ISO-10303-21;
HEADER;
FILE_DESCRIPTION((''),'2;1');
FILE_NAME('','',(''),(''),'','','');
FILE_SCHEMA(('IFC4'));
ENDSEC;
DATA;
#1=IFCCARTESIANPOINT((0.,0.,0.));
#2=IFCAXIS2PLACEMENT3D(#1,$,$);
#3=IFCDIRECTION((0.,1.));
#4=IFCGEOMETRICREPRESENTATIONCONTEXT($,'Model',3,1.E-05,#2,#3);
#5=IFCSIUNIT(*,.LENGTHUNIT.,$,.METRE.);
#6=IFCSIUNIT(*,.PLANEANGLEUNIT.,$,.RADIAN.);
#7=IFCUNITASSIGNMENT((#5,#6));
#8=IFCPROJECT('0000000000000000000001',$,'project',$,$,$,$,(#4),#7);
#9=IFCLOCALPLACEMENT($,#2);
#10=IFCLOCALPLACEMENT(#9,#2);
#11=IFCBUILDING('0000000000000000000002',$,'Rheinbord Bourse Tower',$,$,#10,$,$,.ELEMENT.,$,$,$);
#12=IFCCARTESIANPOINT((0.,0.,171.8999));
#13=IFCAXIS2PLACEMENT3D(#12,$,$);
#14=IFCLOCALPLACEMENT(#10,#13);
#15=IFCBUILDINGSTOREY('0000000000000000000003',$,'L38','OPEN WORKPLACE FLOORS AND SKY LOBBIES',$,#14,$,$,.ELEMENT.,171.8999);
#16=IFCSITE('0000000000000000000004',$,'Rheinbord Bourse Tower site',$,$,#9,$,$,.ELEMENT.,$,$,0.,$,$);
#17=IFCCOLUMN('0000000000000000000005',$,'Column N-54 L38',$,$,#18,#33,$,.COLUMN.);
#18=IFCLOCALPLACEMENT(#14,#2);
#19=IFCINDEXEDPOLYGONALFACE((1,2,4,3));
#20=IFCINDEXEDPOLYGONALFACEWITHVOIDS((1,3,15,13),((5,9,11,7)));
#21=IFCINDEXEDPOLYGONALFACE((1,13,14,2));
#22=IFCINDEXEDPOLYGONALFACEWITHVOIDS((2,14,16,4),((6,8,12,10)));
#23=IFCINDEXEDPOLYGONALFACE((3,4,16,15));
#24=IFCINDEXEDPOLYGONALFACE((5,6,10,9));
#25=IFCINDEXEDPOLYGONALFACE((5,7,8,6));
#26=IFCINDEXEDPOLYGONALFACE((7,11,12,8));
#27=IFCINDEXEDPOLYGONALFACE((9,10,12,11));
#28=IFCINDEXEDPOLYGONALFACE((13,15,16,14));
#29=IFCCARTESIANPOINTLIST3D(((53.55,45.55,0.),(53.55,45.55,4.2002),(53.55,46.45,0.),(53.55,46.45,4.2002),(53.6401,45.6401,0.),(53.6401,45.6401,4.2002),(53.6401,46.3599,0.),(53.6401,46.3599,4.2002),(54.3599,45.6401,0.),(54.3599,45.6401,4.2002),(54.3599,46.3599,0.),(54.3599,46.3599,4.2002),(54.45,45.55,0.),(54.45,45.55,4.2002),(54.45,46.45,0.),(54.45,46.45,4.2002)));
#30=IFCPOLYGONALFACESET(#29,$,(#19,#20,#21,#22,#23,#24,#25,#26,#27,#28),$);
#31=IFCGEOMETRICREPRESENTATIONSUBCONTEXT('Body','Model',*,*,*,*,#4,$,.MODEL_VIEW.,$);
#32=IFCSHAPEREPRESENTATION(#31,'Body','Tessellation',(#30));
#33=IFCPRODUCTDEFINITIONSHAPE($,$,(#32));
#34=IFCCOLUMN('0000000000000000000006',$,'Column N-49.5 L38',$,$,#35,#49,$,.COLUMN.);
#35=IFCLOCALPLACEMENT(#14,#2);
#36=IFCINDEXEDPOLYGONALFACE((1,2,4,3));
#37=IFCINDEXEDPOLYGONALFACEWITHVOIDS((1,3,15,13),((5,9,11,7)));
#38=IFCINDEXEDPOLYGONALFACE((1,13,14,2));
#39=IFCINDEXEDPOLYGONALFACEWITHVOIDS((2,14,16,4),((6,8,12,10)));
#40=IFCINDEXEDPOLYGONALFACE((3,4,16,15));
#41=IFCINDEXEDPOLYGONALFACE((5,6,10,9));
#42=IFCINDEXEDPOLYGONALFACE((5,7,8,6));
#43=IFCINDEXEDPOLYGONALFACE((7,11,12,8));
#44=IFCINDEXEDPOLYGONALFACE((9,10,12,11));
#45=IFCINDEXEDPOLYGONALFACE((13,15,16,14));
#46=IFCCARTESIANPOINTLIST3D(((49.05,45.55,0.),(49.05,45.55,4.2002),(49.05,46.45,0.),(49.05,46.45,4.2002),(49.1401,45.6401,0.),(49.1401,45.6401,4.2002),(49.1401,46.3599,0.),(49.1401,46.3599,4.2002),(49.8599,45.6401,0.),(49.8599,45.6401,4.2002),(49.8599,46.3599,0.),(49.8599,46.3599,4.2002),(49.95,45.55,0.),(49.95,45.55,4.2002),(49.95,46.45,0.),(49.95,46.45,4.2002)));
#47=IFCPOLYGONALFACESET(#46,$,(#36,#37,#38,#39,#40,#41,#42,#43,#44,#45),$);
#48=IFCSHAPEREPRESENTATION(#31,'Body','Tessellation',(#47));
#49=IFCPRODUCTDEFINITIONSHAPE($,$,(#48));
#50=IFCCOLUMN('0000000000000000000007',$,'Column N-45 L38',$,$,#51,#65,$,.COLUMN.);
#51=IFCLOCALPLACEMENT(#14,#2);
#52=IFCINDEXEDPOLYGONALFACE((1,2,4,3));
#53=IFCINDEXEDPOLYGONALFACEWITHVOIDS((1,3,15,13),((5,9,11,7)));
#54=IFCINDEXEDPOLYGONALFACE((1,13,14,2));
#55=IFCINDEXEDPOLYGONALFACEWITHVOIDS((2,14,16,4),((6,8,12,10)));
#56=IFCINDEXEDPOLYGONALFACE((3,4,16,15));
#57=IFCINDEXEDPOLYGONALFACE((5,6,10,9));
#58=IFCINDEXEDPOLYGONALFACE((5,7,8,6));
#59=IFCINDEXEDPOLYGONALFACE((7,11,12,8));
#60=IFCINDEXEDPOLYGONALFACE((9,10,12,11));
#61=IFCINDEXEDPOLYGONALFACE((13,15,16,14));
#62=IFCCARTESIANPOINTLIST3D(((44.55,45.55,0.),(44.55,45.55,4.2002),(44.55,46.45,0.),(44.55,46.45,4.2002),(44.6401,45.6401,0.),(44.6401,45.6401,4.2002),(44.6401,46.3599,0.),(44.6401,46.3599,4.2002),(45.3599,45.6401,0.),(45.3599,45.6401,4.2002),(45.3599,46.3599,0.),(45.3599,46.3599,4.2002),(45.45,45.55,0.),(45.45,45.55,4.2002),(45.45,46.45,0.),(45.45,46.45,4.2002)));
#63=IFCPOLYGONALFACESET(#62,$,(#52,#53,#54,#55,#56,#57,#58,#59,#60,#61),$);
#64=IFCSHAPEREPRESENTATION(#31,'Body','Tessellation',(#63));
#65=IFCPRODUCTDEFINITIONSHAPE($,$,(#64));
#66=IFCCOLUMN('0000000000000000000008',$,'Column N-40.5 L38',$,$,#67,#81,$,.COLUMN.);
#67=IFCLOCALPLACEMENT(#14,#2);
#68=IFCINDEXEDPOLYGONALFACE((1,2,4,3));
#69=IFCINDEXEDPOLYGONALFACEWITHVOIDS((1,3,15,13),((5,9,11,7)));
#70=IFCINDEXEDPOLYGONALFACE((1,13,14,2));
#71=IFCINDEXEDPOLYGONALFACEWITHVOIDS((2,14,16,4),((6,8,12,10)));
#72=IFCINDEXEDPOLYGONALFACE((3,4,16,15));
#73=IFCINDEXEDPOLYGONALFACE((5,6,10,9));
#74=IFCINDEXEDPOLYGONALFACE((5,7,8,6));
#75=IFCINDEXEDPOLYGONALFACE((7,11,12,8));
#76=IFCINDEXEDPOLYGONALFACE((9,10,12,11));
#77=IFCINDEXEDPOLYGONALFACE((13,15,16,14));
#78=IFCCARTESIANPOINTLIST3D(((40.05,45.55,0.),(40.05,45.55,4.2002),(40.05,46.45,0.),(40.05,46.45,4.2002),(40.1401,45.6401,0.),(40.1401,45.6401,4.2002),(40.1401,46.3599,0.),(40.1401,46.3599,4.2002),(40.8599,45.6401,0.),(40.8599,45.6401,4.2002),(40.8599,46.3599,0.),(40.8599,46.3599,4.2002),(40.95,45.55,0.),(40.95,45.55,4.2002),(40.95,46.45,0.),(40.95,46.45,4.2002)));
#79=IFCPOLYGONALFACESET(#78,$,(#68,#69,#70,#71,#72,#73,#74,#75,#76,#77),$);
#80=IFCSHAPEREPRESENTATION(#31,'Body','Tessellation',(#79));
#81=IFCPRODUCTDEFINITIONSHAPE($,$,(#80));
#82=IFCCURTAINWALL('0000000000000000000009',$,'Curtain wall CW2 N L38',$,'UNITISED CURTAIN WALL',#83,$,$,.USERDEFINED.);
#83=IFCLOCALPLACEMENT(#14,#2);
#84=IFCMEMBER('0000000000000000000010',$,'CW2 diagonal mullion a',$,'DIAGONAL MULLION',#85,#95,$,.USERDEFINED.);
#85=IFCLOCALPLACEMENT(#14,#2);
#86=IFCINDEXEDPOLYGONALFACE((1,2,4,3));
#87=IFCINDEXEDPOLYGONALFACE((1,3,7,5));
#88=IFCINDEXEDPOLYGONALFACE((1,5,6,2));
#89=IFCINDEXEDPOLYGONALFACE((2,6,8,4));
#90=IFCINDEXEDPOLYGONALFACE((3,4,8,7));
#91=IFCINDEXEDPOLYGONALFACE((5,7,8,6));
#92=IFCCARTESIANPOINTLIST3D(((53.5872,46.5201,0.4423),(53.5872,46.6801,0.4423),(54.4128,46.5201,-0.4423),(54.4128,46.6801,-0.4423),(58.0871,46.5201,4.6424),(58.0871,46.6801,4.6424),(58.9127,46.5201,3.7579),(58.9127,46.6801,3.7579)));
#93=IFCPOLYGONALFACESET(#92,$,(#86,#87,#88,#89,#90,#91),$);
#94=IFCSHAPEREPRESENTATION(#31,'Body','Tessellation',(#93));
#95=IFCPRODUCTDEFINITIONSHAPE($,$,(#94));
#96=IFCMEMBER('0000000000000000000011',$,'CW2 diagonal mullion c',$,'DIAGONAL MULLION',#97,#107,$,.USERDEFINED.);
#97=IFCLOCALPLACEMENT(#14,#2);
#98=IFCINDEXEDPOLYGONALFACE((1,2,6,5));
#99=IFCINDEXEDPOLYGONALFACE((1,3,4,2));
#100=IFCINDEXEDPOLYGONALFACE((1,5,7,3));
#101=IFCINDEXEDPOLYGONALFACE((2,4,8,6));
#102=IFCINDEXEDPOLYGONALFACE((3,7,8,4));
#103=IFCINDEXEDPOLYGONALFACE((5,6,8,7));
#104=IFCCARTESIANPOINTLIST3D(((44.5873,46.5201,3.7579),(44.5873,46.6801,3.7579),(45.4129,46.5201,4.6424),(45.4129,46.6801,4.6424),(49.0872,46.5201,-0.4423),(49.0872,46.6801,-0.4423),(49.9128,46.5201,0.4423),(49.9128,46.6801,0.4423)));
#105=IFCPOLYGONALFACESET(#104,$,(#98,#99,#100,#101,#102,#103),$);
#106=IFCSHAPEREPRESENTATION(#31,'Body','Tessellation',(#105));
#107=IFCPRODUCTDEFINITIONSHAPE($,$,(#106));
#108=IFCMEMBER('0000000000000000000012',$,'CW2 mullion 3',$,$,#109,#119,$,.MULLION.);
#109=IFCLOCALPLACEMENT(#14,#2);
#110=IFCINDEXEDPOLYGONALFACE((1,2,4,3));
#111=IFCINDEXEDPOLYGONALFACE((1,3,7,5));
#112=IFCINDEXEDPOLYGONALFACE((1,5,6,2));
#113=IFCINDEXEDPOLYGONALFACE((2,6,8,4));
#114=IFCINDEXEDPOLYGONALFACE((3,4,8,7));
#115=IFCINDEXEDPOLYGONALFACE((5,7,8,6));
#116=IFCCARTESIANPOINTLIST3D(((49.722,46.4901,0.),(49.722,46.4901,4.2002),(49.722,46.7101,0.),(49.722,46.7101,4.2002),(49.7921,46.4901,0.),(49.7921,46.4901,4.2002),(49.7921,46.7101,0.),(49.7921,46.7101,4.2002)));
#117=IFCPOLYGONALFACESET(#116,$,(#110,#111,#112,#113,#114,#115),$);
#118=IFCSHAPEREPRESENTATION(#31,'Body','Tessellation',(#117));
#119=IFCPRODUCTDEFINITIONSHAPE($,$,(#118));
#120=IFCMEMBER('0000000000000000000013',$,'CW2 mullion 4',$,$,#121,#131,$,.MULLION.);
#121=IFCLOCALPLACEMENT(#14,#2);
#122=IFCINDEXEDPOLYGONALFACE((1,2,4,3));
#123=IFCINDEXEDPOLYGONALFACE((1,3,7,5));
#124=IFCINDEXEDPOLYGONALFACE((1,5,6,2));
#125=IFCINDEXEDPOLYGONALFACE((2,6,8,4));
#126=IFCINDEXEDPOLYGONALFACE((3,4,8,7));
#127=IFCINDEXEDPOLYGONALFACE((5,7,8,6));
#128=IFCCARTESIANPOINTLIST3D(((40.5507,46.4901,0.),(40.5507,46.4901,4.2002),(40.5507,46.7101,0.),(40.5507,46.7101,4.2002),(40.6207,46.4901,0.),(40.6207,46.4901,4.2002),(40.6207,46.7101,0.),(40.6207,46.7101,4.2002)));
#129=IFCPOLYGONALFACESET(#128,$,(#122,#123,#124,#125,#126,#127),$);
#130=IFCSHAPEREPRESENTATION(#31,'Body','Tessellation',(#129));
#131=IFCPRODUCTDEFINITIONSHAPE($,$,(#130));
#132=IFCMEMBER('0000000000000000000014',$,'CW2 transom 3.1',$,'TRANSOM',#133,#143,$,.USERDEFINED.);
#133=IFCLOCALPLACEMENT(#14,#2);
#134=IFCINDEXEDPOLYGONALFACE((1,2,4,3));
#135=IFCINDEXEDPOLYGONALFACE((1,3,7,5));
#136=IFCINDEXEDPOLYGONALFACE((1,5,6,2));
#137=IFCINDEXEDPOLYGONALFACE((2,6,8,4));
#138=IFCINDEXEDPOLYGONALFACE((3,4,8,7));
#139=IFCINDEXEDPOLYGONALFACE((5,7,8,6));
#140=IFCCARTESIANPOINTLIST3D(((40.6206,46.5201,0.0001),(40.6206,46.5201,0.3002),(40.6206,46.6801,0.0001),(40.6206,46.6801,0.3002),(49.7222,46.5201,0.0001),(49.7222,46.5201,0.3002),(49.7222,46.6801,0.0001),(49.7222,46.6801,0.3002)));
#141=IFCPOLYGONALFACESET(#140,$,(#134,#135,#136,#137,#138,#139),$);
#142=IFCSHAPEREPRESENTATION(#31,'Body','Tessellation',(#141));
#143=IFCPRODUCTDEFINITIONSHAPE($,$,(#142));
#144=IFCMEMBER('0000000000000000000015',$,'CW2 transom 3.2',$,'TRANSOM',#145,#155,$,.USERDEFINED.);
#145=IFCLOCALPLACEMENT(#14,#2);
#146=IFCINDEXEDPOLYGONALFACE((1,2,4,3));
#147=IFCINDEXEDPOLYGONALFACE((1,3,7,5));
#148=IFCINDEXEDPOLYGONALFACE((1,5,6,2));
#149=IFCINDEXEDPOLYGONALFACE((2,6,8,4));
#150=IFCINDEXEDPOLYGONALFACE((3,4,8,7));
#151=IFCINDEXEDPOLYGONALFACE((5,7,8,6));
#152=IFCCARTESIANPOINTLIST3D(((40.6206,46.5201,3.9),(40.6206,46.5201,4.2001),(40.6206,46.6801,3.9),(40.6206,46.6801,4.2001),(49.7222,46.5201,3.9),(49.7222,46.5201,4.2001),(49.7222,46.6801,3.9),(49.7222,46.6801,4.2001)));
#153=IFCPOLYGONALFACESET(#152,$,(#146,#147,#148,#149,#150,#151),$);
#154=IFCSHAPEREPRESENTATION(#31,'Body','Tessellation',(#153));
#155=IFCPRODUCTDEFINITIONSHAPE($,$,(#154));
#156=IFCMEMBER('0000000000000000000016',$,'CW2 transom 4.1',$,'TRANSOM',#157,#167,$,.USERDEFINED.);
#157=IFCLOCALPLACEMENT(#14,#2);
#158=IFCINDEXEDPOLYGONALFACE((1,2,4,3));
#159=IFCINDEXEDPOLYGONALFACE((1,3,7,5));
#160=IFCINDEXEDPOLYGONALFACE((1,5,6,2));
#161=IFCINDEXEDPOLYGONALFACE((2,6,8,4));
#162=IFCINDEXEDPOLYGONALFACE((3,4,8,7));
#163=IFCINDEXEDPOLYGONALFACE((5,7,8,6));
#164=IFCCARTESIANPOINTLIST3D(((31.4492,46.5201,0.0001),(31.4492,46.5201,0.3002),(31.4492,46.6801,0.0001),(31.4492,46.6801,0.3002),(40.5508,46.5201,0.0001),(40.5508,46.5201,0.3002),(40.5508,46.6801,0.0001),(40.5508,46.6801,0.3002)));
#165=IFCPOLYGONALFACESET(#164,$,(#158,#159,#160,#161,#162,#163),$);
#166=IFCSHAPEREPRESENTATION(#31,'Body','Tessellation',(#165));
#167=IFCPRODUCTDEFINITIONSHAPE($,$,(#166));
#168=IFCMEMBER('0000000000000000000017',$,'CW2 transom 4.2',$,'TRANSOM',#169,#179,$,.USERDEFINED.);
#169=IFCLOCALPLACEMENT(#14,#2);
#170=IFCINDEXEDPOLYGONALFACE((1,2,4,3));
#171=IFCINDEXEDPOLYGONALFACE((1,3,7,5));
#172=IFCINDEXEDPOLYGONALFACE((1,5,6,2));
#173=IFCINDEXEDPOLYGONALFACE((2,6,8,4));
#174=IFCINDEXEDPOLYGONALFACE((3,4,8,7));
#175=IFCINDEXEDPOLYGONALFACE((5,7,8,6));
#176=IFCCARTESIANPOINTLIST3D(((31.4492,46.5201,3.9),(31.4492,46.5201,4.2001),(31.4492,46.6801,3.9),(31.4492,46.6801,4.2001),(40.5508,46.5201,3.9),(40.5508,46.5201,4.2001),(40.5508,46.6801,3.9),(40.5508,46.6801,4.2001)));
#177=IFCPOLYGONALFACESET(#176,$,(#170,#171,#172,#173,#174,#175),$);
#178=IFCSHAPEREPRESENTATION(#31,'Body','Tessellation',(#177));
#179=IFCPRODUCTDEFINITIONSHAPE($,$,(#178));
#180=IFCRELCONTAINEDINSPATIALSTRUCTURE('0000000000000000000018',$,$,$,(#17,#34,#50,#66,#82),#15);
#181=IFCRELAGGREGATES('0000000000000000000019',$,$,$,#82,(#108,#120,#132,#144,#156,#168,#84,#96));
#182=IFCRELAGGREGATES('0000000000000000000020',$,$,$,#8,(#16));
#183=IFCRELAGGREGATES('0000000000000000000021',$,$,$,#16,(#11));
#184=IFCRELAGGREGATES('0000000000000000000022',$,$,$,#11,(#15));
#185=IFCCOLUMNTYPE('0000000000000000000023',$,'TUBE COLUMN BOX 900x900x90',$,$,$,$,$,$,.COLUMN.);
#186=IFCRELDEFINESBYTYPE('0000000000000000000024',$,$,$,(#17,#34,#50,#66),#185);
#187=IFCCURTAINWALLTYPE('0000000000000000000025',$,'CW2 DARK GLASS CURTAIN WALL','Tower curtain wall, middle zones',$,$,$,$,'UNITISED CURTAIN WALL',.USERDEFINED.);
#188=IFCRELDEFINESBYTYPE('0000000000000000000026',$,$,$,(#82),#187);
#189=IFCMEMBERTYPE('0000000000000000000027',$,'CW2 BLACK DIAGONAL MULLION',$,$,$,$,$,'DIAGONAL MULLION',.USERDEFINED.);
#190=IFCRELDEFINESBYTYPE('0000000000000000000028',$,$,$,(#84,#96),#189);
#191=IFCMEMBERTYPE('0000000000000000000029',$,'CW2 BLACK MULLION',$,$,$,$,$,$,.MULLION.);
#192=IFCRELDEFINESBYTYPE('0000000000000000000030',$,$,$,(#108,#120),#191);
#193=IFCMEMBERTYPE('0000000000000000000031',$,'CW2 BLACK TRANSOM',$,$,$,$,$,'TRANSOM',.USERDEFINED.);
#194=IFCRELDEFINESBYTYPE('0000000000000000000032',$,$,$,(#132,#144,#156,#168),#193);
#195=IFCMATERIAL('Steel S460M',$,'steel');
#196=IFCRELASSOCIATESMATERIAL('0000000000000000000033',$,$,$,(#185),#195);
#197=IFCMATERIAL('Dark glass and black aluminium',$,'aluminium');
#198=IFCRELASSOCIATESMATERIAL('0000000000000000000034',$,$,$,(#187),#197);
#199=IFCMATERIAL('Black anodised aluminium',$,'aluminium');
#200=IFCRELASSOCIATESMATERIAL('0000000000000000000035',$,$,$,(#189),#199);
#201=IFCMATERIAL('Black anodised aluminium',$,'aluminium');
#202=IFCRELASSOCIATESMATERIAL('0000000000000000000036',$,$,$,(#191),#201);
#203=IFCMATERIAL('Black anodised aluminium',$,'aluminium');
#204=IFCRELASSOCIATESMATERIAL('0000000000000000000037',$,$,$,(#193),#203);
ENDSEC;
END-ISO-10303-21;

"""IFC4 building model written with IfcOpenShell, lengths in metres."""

from ifc_helpers import new_model, si_unit, direction, frame, origin, origin_2d, place, context, subcontext, project, spatial, rectangle, hollow_rectangle, extrude, material, material_profile, profile_set, type_object, element, aggregate, save


model = new_model("IFC4")

# Units and contexts
model_context = context("Model", 3, precision=1e-05, world=origin(), true_north=direction((0.0, 1.0)))
body_context = subcontext(model_context, "Body", "Model", "MODEL_VIEW")
ifc_project = project(units=[si_unit("LENGTHUNIT", "METRE"), si_unit("PLANEANGLEUNIT", "RADIAN")], contexts=[model_context])

# Site, building, storey
site_placement = place(None, origin())
site = spatial("IfcSite", under=ifc_project, at=site_placement, Name="Rheinbord Bourse Tower site", CompositionType="ELEMENT", RefElevation=0.0)
building_placement = place(site_placement, origin())
building = spatial("IfcBuilding", under=site, at=building_placement, Name="Rheinbord Bourse Tower", CompositionType="ELEMENT")
storey_placement = place(building_placement, frame((0.0, 0.0, 171.8999)))
storey = spatial("IfcBuildingStorey", under=building, at=storey_placement, Name="L38", Description="OPEN WORKPLACE FLOORS AND SKY LOBBIES", CompositionType="ELEMENT", Elevation=171.8999)

# Columns
ifc_material_1 = material(Name="Steel S460M", Category="steel")
ifc_material_profile_1 = material_profile(ifc_material_1, hollow_rectangle(XDim=0.8999, YDim=0.8999, WallThickness=0.0901, at=origin_2d()), Name="BOX 900x900x90")
ifc_profile_set_1 = profile_set([ifc_material_profile_1], Name="Steel S460M")
column_type = type_object("IfcColumnType", Name="TUBE COLUMN BOX 900x900x90", PredefinedType="COLUMN", material=ifc_profile_set_1)
for number, where, z_axis, x_axis, name in (
    (1, (54.0, 46.0, 0.0), (0.0, 0.0, 1.0), (0.0, 1.0, 0.0), "Column N-54 L38"),
    (2, (49.5, 46.0, 0.0), (0.0, 0.0, 1.0), (0.0, 1.0, 0.0), "Column N-49.5 L38"),
    (3, (45.0, 46.0, 0.0), (0.0, 0.0, 1.0), (0.0, 1.0, 0.0), "Column N-45 L38"),
    (4, (40.5, 46.0, 0.0), (0.0, 0.0, 1.0), (0.0, 1.0, 0.0), "Column N-40.5 L38"),
):
    element("IfcColumn", number, at=place(storey_placement, frame(where, z_axis=z_axis, x_axis=x_axis)), inside=storey, type_object=column_type, Name=name, PredefinedType="COLUMN", context=body_context, shape_type="SweptSolid", body=[
        extrude(hollow_rectangle(XDim=0.8999, YDim=0.8999, WallThickness=0.0901, at=origin_2d()), origin(), (0.0, 0.0, 1.0), 4.2002),
    ])

# Curtain wall, members
ifc_material_2 = material(Name="Dark glass and black aluminium", Category="aluminium")
curtain_wall_type = type_object("IfcCurtainWallType", Name="CW2 DARK GLASS CURTAIN WALL", Description="Tower curtain wall, middle zones", ElementType="UNITISED CURTAIN WALL", PredefinedType="USERDEFINED", material=ifc_material_2)
curtain_wall_placement = place(storey_placement, origin())
curtain_wall = element("IfcCurtainWall", 5, at=curtain_wall_placement, inside=storey, type_object=curtain_wall_type, Name="Curtain wall CW2 N L38", ObjectType="UNITISED CURTAIN WALL", PredefinedType="USERDEFINED")
ifc_material_3 = material(Name="Black anodised aluminium", Category="aluminium")
ifc_material_profile_2 = material_profile(ifc_material_3, rectangle(XDim=0.1599, YDim=1.21, at=origin_2d()), Name="CW2 DIAGONAL MULLION 1210x160")
ifc_profile_set_2 = profile_set([ifc_material_profile_2], Name="Black anodised aluminium")
member_type_1 = type_object("IfcMemberType", Name="CW2 BLACK DIAGONAL MULLION", ElementType="DIAGONAL MULLION", PredefinedType="USERDEFINED", material=ifc_profile_set_2)
member_1_placement = place(storey_placement, frame((54.0, 46.6001, 0.0), z_axis=(0.731039, 0.0, 0.682335), x_axis=(0.0, 1.0, 0.0)))
member_1 = element("IfcMember", 6, at=member_1_placement, type_object=member_type_1, Name="CW2 diagonal mullion a", ObjectType="DIAGONAL MULLION", PredefinedType="USERDEFINED", context=body_context, shape_type="SweptSolid", body=[
    extrude(rectangle(XDim=0.1599, YDim=1.21, at=origin_2d()), origin(), (0.0, 0.0, 1.0), 6.1555),
])
member_2_placement = place(storey_placement, frame((49.5, 46.6001, 0.0), z_axis=(-0.731039, 0.0, 0.682335), x_axis=(0.0, -1.0, 0.0)))
member_2 = element("IfcMember", 7, at=member_2_placement, type_object=member_type_1, Name="CW2 diagonal mullion c", ObjectType="DIAGONAL MULLION", PredefinedType="USERDEFINED", context=body_context, shape_type="SweptSolid", body=[
    extrude(rectangle(XDim=0.1599, YDim=1.21, at=origin_2d()), origin(), (0.0, 0.0, 1.0), 6.1555),
])
ifc_material_4 = material(Name="Black anodised aluminium", Category="aluminium")
ifc_material_profile_3 = material_profile(ifc_material_4, rectangle(XDim=0.22, YDim=0.0701, at=origin_2d()), Name="CW2 MULLION 70x220")
ifc_profile_set_3 = profile_set([ifc_material_profile_3], Name="Black anodised aluminium")
member_type_2 = type_object("IfcMemberType", Name="CW2 BLACK MULLION", PredefinedType="MULLION", material=ifc_profile_set_3)
member_3_placement = place(storey_placement, frame((49.7571, 46.6001, 0.0), z_axis=(0.0, 0.0, 1.0), x_axis=(0.0, -1.0, 0.0)))
member_3 = element("IfcMember", 8, at=member_3_placement, type_object=member_type_2, Name="CW2 mullion 3", PredefinedType="MULLION", context=body_context, shape_type="SweptSolid", body=[
    extrude(rectangle(XDim=0.22, YDim=0.0701, at=origin_2d()), origin(), (0.0, 0.0, 1.0), 4.2002),
])
member_4_placement = place(storey_placement, frame((40.5857, 46.6001, 0.0), z_axis=(0.0, 0.0, 1.0), x_axis=(0.0, -1.0, 0.0)))
member_4 = element("IfcMember", 9, at=member_4_placement, type_object=member_type_2, Name="CW2 mullion 4", PredefinedType="MULLION", context=body_context, shape_type="SweptSolid", body=[
    extrude(rectangle(XDim=0.22, YDim=0.0701, at=origin_2d()), origin(), (0.0, 0.0, 1.0), 4.2002),
])
ifc_material_5 = material(Name="Black anodised aluminium", Category="aluminium")
ifc_material_profile_4 = material_profile(ifc_material_5, rectangle(XDim=0.1599, YDim=0.3, at=origin_2d()), Name="CW2 TRANSOM 300x160")
ifc_profile_set_4 = profile_set([ifc_material_profile_4], Name="Black anodised aluminium")
member_type_3 = type_object("IfcMemberType", Name="CW2 BLACK TRANSOM", ElementType="TRANSOM", PredefinedType="USERDEFINED", material=ifc_profile_set_4)
member_5_placement = place(storey_placement, frame((49.7222, 46.6001, 0.1501), z_axis=(-1.0, 0.0, 0.0), x_axis=(0.0, -1.0, 0.0)))
member_5 = element("IfcMember", 10, at=member_5_placement, type_object=member_type_3, Name="CW2 transom 3.1", ObjectType="TRANSOM", PredefinedType="USERDEFINED", context=body_context, shape_type="SweptSolid", body=[
    extrude(rectangle(XDim=0.1599, YDim=0.3, at=origin_2d()), origin(), (0.0, 0.0, 1.0), 9.1016),
])
member_6_placement = place(storey_placement, frame((49.7222, 46.6001, 4.05), z_axis=(-1.0, 0.0, 0.0), x_axis=(0.0, -1.0, 0.0)))
member_6 = element("IfcMember", 11, at=member_6_placement, type_object=member_type_3, Name="CW2 transom 3.2", ObjectType="TRANSOM", PredefinedType="USERDEFINED", context=body_context, shape_type="SweptSolid", body=[
    extrude(rectangle(XDim=0.1599, YDim=0.3, at=origin_2d()), origin(), (0.0, 0.0, 1.0), 9.1016),
])
member_7_placement = place(storey_placement, frame((40.5508, 46.6001, 0.1501), z_axis=(-1.0, 0.0, 0.0), x_axis=(0.0, -1.0, 0.0)))
member_7 = element("IfcMember", 12, at=member_7_placement, type_object=member_type_3, Name="CW2 transom 4.1", ObjectType="TRANSOM", PredefinedType="USERDEFINED", context=body_context, shape_type="SweptSolid", body=[
    extrude(rectangle(XDim=0.1599, YDim=0.3, at=origin_2d()), origin(), (0.0, 0.0, 1.0), 9.1016),
])
member_8_placement = place(storey_placement, frame((40.5508, 46.6001, 4.05), z_axis=(-1.0, 0.0, 0.0), x_axis=(0.0, -1.0, 0.0)))
member_8 = element("IfcMember", 13, at=member_8_placement, type_object=member_type_3, Name="CW2 transom 4.2", ObjectType="TRANSOM", PredefinedType="USERDEFINED", context=body_context, shape_type="SweptSolid", body=[
    extrude(rectangle(XDim=0.1599, YDim=0.3, at=origin_2d()), origin(), (0.0, 0.0, 1.0), 9.1016),
])

aggregate(curtain_wall, [member_3, member_4, member_5, member_6, member_7, member_8, member_1, member_2])

save(model, "model.ifc")
